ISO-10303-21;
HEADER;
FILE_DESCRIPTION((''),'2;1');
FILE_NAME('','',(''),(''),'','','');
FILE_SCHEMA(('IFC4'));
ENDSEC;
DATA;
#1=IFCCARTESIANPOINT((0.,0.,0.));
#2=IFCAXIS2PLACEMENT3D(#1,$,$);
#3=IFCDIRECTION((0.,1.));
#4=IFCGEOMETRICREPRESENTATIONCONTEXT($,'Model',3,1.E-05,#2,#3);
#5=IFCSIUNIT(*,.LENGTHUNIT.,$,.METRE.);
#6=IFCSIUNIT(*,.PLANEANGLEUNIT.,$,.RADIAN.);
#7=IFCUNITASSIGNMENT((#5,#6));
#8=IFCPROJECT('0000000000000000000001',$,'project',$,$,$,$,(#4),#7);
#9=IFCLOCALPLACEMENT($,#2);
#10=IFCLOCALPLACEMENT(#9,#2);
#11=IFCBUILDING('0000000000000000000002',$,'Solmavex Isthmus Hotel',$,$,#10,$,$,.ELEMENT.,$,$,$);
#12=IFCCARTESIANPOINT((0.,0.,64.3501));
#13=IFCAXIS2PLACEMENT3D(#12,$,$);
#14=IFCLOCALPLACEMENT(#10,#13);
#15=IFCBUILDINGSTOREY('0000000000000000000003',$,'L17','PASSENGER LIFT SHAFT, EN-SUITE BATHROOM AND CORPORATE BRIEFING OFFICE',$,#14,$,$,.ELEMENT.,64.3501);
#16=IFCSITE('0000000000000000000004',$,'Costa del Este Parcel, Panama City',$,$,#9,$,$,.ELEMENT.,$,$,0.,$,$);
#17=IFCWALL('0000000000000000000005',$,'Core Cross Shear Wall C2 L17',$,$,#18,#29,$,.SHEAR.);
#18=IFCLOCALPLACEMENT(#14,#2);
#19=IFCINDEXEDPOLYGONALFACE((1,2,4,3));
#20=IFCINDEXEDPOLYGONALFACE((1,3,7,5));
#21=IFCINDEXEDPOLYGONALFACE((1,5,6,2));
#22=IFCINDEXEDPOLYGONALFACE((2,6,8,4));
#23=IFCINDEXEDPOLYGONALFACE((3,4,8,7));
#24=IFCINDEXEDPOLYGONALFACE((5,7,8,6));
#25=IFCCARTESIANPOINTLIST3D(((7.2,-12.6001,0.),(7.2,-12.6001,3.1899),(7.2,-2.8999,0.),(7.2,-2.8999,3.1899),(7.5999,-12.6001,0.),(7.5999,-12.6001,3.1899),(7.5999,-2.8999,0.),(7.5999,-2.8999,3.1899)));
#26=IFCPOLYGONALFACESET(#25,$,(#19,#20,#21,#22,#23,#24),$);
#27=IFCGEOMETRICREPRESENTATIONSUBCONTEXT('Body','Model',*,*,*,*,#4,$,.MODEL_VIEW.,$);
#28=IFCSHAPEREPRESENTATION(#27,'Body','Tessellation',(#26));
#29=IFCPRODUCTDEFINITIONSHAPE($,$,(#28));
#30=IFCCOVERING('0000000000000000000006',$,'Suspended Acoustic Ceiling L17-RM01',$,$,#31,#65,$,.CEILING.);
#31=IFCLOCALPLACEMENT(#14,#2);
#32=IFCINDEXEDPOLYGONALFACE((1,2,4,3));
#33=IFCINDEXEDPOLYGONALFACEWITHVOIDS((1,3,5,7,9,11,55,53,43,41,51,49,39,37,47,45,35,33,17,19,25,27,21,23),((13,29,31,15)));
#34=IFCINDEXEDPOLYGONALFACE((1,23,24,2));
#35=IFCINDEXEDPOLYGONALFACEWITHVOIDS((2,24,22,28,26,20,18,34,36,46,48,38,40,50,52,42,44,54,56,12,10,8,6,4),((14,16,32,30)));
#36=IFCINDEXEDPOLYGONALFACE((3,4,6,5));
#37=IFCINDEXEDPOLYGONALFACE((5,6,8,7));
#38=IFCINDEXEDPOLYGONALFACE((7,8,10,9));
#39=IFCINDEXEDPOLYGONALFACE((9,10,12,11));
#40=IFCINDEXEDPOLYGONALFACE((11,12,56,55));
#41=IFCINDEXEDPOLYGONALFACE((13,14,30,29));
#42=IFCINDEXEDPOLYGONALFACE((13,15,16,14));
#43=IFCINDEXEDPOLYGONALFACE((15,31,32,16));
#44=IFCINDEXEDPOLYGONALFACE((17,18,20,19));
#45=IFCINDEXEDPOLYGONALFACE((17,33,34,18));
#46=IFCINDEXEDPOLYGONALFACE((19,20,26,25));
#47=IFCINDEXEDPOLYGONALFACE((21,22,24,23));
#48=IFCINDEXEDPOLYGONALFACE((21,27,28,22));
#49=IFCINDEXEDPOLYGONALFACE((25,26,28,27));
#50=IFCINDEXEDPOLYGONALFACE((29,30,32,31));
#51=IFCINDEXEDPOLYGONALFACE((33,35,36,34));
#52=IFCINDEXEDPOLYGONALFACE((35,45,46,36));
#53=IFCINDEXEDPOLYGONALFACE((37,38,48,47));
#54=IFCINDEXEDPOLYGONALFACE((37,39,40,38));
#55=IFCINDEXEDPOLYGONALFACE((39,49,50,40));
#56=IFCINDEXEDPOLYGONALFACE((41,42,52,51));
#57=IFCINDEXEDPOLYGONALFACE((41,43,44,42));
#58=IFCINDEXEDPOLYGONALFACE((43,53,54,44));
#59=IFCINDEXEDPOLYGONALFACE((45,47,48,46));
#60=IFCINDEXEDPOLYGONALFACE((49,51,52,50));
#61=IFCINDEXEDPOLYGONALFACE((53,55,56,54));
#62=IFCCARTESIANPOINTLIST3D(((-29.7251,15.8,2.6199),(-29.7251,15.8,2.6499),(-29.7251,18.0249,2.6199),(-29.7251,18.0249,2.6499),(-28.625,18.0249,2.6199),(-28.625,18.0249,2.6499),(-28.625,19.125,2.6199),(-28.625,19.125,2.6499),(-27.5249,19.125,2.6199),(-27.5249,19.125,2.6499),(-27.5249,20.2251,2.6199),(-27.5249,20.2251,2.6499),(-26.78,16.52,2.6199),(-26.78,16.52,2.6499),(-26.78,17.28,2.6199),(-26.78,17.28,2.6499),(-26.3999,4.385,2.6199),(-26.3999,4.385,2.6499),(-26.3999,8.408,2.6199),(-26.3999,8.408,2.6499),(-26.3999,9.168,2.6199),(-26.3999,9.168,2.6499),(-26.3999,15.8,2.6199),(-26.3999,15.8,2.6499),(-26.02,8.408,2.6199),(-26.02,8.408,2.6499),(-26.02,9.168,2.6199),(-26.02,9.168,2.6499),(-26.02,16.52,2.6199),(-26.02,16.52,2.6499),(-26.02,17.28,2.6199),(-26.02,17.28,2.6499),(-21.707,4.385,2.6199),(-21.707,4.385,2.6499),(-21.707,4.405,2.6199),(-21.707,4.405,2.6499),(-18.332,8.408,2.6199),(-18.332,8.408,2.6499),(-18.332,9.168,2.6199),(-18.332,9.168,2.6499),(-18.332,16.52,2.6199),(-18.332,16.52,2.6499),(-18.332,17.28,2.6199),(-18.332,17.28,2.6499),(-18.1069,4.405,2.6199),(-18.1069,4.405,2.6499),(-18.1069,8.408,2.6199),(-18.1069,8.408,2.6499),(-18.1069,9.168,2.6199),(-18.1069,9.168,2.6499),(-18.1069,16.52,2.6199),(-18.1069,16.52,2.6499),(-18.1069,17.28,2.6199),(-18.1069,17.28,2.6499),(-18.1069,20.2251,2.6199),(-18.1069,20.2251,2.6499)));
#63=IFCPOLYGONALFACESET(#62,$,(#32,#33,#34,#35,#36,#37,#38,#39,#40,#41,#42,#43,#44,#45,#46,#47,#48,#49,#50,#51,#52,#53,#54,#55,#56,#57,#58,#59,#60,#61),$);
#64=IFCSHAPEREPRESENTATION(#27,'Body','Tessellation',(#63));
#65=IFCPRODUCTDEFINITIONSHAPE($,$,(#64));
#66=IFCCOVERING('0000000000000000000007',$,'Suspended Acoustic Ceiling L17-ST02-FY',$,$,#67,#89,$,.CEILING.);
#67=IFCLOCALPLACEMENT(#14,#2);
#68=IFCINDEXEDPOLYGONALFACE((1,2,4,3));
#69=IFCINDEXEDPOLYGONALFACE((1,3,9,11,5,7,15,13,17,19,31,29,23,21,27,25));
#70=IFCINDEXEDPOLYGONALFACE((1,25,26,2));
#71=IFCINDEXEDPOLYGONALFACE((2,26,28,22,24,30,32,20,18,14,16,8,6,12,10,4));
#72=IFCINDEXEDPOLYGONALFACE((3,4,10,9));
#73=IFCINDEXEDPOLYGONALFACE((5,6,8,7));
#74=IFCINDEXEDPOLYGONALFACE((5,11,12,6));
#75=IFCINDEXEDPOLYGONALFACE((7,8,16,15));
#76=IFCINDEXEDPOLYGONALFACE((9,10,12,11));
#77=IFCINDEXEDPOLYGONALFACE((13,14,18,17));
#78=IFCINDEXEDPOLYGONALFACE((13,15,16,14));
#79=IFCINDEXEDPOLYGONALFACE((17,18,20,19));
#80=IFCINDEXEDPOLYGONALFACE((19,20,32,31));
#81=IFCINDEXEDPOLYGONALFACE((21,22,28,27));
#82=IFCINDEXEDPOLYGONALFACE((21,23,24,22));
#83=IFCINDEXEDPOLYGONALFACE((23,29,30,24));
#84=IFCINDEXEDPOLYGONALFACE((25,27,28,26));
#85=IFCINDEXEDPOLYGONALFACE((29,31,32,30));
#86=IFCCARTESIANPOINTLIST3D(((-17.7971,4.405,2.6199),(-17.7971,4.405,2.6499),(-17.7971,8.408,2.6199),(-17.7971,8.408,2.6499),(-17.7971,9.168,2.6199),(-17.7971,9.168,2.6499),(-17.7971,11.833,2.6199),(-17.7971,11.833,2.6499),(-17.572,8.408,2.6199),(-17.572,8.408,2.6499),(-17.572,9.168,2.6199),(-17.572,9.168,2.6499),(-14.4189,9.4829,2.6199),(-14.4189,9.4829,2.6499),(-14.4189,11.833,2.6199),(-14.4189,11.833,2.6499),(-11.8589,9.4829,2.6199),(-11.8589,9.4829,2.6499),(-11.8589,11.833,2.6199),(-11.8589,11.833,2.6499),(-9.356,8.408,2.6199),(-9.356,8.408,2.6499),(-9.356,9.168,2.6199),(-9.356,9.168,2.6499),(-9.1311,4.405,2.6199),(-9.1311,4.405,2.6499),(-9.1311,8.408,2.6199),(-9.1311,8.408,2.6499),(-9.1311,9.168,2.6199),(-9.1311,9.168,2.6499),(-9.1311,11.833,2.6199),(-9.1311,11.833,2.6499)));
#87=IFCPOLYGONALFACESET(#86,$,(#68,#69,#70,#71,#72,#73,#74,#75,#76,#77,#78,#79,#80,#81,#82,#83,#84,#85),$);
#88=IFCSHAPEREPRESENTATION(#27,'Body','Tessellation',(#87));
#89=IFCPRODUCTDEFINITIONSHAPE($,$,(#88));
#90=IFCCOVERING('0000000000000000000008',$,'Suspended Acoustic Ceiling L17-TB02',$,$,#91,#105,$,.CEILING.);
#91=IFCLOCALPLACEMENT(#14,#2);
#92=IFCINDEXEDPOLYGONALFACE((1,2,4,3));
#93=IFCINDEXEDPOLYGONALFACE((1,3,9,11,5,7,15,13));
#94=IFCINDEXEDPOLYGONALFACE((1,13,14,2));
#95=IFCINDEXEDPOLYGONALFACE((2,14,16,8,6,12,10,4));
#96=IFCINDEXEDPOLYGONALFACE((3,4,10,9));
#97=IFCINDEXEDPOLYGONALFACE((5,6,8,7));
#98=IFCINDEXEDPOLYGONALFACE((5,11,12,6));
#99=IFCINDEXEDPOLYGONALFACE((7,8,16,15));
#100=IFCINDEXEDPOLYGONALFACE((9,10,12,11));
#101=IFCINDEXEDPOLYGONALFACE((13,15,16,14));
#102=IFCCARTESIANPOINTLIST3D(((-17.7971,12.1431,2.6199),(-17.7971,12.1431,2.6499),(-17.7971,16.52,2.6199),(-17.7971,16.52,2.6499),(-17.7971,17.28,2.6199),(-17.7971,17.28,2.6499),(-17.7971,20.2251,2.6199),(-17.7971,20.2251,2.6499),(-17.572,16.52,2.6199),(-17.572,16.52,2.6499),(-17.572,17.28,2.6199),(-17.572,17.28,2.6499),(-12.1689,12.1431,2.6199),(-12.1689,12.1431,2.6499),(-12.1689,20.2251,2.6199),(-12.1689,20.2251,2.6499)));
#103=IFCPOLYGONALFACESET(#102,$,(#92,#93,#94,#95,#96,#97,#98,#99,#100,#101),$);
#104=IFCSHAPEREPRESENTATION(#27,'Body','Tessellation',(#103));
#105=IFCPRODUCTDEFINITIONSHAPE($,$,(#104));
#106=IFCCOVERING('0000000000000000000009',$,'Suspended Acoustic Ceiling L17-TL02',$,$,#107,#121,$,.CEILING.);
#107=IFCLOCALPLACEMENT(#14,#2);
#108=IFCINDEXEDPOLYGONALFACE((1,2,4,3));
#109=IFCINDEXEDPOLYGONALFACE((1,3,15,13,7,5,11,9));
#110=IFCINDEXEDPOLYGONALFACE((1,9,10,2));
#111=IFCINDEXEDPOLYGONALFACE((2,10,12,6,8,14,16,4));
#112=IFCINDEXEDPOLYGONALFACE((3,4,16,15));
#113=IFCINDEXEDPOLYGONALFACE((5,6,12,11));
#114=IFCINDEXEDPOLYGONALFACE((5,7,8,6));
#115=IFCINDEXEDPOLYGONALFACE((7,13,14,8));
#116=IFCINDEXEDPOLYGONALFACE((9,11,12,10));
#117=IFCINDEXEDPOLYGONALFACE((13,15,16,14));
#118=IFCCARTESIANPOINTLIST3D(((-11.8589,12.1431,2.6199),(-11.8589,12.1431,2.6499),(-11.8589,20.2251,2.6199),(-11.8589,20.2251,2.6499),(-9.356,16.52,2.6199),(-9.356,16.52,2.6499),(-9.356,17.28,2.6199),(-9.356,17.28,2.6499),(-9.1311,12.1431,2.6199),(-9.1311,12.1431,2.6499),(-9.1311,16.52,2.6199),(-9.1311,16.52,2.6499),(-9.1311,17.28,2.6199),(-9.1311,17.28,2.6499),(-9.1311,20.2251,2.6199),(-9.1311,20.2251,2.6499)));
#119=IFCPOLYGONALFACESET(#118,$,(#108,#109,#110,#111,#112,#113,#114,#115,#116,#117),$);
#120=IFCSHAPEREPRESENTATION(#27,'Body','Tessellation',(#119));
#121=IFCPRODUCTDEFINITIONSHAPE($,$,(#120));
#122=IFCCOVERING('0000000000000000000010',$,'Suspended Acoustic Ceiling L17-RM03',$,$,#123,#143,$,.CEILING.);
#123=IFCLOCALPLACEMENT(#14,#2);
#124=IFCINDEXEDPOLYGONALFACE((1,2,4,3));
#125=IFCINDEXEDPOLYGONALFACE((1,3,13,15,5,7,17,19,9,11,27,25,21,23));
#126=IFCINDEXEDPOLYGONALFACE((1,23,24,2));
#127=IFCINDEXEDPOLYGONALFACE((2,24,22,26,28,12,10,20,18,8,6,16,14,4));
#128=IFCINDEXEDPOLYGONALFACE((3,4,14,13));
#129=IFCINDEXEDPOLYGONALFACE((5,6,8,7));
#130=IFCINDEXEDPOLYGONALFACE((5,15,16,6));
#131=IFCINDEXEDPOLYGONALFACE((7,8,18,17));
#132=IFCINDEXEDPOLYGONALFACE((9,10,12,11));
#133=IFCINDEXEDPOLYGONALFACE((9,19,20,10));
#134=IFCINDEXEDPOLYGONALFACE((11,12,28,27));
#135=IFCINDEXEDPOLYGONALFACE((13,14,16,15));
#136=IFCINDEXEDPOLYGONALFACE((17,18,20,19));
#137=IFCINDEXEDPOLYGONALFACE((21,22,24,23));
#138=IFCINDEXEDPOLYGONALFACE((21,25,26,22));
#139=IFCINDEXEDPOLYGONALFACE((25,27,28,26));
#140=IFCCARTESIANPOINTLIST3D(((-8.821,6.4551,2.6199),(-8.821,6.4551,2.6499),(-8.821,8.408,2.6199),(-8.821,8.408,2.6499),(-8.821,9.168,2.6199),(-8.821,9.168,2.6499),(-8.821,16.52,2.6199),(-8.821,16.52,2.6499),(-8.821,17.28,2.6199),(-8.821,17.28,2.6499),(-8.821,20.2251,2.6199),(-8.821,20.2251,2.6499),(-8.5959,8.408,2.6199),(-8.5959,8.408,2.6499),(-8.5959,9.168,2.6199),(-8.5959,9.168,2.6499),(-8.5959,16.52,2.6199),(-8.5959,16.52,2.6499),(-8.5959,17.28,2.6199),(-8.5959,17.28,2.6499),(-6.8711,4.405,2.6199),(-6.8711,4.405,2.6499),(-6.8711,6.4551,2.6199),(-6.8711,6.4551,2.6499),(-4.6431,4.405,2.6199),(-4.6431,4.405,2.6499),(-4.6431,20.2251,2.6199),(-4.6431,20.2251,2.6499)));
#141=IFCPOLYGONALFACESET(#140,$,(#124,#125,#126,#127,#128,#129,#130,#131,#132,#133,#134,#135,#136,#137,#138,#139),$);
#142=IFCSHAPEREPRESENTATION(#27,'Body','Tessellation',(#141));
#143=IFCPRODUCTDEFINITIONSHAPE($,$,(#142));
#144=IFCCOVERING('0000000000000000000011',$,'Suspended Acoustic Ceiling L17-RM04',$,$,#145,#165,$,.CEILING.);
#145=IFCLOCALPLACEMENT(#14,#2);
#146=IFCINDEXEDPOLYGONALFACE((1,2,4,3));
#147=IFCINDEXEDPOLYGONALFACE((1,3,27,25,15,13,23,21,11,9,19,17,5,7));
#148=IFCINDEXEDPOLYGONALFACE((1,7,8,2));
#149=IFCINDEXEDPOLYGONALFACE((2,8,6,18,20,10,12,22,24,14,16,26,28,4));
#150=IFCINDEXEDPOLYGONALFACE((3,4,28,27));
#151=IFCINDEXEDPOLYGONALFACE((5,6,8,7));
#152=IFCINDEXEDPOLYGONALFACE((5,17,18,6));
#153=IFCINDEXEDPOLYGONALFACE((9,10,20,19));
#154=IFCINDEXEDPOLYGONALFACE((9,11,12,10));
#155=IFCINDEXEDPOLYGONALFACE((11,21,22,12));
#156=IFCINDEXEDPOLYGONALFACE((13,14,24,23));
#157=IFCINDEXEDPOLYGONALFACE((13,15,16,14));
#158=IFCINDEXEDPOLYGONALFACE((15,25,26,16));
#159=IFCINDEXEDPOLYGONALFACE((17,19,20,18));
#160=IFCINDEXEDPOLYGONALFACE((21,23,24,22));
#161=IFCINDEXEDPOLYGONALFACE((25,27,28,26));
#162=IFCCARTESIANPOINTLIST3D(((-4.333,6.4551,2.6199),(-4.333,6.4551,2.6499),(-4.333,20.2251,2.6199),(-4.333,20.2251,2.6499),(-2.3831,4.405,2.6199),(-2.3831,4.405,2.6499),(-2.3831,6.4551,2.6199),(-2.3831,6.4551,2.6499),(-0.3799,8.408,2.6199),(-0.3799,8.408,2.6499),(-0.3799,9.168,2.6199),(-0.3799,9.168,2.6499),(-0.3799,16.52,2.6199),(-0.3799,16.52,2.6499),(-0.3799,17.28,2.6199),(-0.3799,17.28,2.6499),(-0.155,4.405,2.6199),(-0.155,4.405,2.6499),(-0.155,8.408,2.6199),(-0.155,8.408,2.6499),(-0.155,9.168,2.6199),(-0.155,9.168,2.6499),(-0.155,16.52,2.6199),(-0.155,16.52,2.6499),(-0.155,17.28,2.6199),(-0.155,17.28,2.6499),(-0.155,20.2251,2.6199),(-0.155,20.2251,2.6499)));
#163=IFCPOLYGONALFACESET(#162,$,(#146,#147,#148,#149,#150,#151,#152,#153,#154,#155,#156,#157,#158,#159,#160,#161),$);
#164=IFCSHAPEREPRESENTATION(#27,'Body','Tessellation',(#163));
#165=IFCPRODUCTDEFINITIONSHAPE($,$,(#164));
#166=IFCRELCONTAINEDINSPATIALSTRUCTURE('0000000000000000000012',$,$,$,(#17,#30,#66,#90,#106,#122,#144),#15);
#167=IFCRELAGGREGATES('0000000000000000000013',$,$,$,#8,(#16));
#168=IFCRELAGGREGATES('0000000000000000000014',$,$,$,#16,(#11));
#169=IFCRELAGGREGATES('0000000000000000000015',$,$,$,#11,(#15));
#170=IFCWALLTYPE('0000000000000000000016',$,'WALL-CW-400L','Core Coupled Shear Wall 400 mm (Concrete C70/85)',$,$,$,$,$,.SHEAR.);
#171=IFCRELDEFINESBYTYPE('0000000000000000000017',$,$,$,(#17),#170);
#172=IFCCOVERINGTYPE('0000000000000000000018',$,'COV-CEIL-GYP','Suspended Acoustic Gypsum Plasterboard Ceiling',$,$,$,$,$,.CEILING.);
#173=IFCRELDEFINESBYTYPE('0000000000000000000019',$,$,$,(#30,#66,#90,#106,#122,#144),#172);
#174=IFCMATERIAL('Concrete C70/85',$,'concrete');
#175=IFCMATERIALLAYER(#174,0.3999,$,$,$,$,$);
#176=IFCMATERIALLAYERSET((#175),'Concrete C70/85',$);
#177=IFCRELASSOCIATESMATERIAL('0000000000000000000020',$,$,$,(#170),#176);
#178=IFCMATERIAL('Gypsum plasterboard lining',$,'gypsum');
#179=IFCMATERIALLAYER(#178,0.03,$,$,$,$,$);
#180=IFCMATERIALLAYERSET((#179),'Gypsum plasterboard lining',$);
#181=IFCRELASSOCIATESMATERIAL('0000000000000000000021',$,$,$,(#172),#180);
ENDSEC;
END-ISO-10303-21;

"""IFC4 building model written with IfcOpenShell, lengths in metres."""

from ifc_helpers import new_model, si_unit, direction, frame, frame_2d, origin, place, context, subcontext, project, spatial, polyline, rectangle, outline, extrude, material, layer, layer_set, type_object, element, save


model = new_model("IFC4")

# Units and contexts
model_context = context("Model", 3, precision=1e-05, world=origin(), true_north=direction((0.0, 1.0)))
body_context = subcontext(model_context, "Body", "Model", "MODEL_VIEW")
ifc_project = project(units=[si_unit("LENGTHUNIT", "METRE"), si_unit("PLANEANGLEUNIT", "RADIAN")], contexts=[model_context])

# Site, building, storey
site_placement = place(None, origin())
site = spatial("IfcSite", under=ifc_project, at=site_placement, Name="Costa del Este Parcel, Panama City", CompositionType="ELEMENT", RefElevation=0.0)
building_placement = place(site_placement, origin())
building = spatial("IfcBuilding", under=site, at=building_placement, Name="Solmavex Isthmus Hotel", CompositionType="ELEMENT")
storey_placement = place(building_placement, frame((0.0, 0.0, 64.3501)))
storey = spatial("IfcBuildingStorey", under=building, at=storey_placement, Name="L17", Description="PASSENGER LIFT SHAFT, EN-SUITE BATHROOM AND CORPORATE BRIEFING OFFICE", CompositionType="ELEMENT", Elevation=64.3501)

# Shared definitions
ifc_material_1 = material(Name="Concrete C70/85", Category="concrete")

# Shared definitions
ifc_material_2 = material(Name="Gypsum plasterboard lining", Category="gypsum")

# Wall
ifc_layer_1 = layer(ifc_material_1, 0.3999)
ifc_layer_set_1 = layer_set([ifc_layer_1], Name="Concrete C70/85")
wall_type_1 = type_object("IfcWallType", Name="WALL-CW-400L", Description="Core Coupled Shear Wall 400 mm (Concrete C70/85)", PredefinedType="SHEAR", material=ifc_layer_set_1)
wall_1_placement = place(storey_placement, frame((7.3999, -12.6001, 0.0), z_axis=(0.0, 0.0, 1.0), x_axis=(0.0, 1.0, 0.0)))
element("IfcWall", 1, at=wall_1_placement, inside=storey, type_object=wall_type_1, Name="Core Cross Shear Wall C2 L17", PredefinedType="SHEAR", context=body_context, shape_type="SweptSolid", body=[
    extrude(rectangle(XDim=9.7002, YDim=0.3999, at=frame_2d((4.8501, 0.0))), origin(), (0.0, 0.0, 1.0), 3.1899),
])

# Coverings
ifc_layer_2 = layer(ifc_material_2, 0.03)
ifc_layer_set_2 = layer_set([ifc_layer_2], Name="Gypsum plasterboard lining")
covering_type_1 = type_object("IfcCoveringType", Name="COV-CEIL-GYP", Description="Suspended Acoustic Gypsum Plasterboard Ceiling", PredefinedType="CEILING", material=ifc_layer_set_2)
covering_1_placement = place(storey_placement, frame((0.0, 0.0, 2.6199)))
element("IfcCovering", 2, at=covering_1_placement, inside=storey, type_object=covering_type_1, Name="Suspended Acoustic Ceiling L17-RM01", PredefinedType="CEILING", context=body_context, shape_type="SweptSolid", body=[
    extrude(outline(polyline([(-21.707, 4.385), (-21.707, 4.405), (-18.1069, 4.405), (-18.1069, 8.408), (-18.332, 8.408), (-18.332, 9.168), (-18.1069, 9.168), (-18.1069, 16.52), (-18.332, 16.52), (-18.332, 17.28), (-18.1069, 17.28), (-18.1069, 20.2251), (-27.5249, 20.2251), (-27.5249, 19.125), (-28.625, 19.125), (-28.625, 18.0249), (-29.7251, 18.0249), (-29.7251, 15.8), (-26.3999, 15.8), (-26.3999, 9.168), (-26.02, 9.168), (-26.02, 8.408), (-26.3999, 8.408), (-26.3999, 4.385), (-21.707, 4.385)]), holes=[polyline([(-26.78, 17.28), (-26.02, 17.28), (-26.02, 16.52), (-26.78, 16.52), (-26.78, 17.28)])]), origin(), (0.0, 0.0, 1.0), 0.03),
])
covering_2_placement = place(storey_placement, frame((0.0, 0.0, 2.6199)))
element("IfcCovering", 3, at=covering_2_placement, inside=storey, type_object=covering_type_1, Name="Suspended Acoustic Ceiling L17-ST02-FY", PredefinedType="CEILING", context=body_context, shape_type="SweptSolid", body=[
    extrude(outline(polyline([(-17.7971, 9.168), (-17.572, 9.168), (-17.572, 8.408), (-17.7971, 8.408), (-17.7971, 4.405), (-9.1311, 4.405), (-9.1311, 8.408), (-9.356, 8.408), (-9.356, 9.168), (-9.1311, 9.168), (-9.1311, 11.833), (-11.8589, 11.833), (-11.8589, 9.4829), (-14.4189, 9.4829), (-14.4189, 11.833), (-17.7971, 11.833), (-17.7971, 9.168)])), origin(), (0.0, 0.0, 1.0), 0.03),
])
covering_3_placement = place(storey_placement, frame((0.0, 0.0, 2.6199)))
element("IfcCovering", 4, at=covering_3_placement, inside=storey, type_object=covering_type_1, Name="Suspended Acoustic Ceiling L17-TB02", PredefinedType="CEILING", context=body_context, shape_type="SweptSolid", body=[
    extrude(outline(polyline([(-17.7971, 17.28), (-17.572, 17.28), (-17.572, 16.52), (-17.7971, 16.52), (-17.7971, 12.1431), (-12.1689, 12.1431), (-12.1689, 20.2251), (-17.7971, 20.2251), (-17.7971, 17.28)])), origin(), (0.0, 0.0, 1.0), 0.03),
])
covering_4_placement = place(storey_placement, frame((0.0, 0.0, 2.6199)))
element("IfcCovering", 5, at=covering_4_placement, inside=storey, type_object=covering_type_1, Name="Suspended Acoustic Ceiling L17-TL02", PredefinedType="CEILING", context=body_context, shape_type="SweptSolid", body=[
    extrude(outline(polyline([(-9.1311, 16.52), (-9.356, 16.52), (-9.356, 17.28), (-9.1311, 17.28), (-9.1311, 20.2251), (-11.8589, 20.2251), (-11.8589, 12.1431), (-9.1311, 12.1431), (-9.1311, 16.52)])), origin(), (0.0, 0.0, 1.0), 0.03),
])
covering_5_placement = place(storey_placement, frame((0.0, 0.0, 2.6199)))
element("IfcCovering", 6, at=covering_5_placement, inside=storey, type_object=covering_type_1, Name="Suspended Acoustic Ceiling L17-RM03", PredefinedType="CEILING", context=body_context, shape_type="SweptSolid", body=[
    extrude(outline(polyline([(-8.821, 9.168), (-8.5959, 9.168), (-8.5959, 8.408), (-8.821, 8.408), (-8.821, 6.4551), (-6.8711, 6.4551), (-6.8711, 4.405), (-4.6431, 4.405), (-4.6431, 20.2251), (-8.821, 20.2251), (-8.821, 17.28), (-8.5959, 17.28), (-8.5959, 16.52), (-8.821, 16.52), (-8.821, 9.168)])), origin(), (0.0, 0.0, 1.0), 0.03),
])
covering_6_placement = place(storey_placement, frame((0.0, 0.0, 2.6199)))
element("IfcCovering", 7, at=covering_6_placement, inside=storey, type_object=covering_type_1, Name="Suspended Acoustic Ceiling L17-RM04", PredefinedType="CEILING", context=body_context, shape_type="SweptSolid", body=[
    extrude(outline(polyline([(-0.155, 16.52), (-0.3799, 16.52), (-0.3799, 17.28), (-0.155, 17.28), (-0.155, 20.2251), (-4.333, 20.2251), (-4.333, 6.4551), (-2.3831, 6.4551), (-2.3831, 4.405), (-0.155, 4.405), (-0.155, 8.408), (-0.3799, 8.408), (-0.3799, 9.168), (-0.155, 9.168), (-0.155, 16.52)])), origin(), (0.0, 0.0, 1.0), 0.03),
])

save(model, "model.ifc")
